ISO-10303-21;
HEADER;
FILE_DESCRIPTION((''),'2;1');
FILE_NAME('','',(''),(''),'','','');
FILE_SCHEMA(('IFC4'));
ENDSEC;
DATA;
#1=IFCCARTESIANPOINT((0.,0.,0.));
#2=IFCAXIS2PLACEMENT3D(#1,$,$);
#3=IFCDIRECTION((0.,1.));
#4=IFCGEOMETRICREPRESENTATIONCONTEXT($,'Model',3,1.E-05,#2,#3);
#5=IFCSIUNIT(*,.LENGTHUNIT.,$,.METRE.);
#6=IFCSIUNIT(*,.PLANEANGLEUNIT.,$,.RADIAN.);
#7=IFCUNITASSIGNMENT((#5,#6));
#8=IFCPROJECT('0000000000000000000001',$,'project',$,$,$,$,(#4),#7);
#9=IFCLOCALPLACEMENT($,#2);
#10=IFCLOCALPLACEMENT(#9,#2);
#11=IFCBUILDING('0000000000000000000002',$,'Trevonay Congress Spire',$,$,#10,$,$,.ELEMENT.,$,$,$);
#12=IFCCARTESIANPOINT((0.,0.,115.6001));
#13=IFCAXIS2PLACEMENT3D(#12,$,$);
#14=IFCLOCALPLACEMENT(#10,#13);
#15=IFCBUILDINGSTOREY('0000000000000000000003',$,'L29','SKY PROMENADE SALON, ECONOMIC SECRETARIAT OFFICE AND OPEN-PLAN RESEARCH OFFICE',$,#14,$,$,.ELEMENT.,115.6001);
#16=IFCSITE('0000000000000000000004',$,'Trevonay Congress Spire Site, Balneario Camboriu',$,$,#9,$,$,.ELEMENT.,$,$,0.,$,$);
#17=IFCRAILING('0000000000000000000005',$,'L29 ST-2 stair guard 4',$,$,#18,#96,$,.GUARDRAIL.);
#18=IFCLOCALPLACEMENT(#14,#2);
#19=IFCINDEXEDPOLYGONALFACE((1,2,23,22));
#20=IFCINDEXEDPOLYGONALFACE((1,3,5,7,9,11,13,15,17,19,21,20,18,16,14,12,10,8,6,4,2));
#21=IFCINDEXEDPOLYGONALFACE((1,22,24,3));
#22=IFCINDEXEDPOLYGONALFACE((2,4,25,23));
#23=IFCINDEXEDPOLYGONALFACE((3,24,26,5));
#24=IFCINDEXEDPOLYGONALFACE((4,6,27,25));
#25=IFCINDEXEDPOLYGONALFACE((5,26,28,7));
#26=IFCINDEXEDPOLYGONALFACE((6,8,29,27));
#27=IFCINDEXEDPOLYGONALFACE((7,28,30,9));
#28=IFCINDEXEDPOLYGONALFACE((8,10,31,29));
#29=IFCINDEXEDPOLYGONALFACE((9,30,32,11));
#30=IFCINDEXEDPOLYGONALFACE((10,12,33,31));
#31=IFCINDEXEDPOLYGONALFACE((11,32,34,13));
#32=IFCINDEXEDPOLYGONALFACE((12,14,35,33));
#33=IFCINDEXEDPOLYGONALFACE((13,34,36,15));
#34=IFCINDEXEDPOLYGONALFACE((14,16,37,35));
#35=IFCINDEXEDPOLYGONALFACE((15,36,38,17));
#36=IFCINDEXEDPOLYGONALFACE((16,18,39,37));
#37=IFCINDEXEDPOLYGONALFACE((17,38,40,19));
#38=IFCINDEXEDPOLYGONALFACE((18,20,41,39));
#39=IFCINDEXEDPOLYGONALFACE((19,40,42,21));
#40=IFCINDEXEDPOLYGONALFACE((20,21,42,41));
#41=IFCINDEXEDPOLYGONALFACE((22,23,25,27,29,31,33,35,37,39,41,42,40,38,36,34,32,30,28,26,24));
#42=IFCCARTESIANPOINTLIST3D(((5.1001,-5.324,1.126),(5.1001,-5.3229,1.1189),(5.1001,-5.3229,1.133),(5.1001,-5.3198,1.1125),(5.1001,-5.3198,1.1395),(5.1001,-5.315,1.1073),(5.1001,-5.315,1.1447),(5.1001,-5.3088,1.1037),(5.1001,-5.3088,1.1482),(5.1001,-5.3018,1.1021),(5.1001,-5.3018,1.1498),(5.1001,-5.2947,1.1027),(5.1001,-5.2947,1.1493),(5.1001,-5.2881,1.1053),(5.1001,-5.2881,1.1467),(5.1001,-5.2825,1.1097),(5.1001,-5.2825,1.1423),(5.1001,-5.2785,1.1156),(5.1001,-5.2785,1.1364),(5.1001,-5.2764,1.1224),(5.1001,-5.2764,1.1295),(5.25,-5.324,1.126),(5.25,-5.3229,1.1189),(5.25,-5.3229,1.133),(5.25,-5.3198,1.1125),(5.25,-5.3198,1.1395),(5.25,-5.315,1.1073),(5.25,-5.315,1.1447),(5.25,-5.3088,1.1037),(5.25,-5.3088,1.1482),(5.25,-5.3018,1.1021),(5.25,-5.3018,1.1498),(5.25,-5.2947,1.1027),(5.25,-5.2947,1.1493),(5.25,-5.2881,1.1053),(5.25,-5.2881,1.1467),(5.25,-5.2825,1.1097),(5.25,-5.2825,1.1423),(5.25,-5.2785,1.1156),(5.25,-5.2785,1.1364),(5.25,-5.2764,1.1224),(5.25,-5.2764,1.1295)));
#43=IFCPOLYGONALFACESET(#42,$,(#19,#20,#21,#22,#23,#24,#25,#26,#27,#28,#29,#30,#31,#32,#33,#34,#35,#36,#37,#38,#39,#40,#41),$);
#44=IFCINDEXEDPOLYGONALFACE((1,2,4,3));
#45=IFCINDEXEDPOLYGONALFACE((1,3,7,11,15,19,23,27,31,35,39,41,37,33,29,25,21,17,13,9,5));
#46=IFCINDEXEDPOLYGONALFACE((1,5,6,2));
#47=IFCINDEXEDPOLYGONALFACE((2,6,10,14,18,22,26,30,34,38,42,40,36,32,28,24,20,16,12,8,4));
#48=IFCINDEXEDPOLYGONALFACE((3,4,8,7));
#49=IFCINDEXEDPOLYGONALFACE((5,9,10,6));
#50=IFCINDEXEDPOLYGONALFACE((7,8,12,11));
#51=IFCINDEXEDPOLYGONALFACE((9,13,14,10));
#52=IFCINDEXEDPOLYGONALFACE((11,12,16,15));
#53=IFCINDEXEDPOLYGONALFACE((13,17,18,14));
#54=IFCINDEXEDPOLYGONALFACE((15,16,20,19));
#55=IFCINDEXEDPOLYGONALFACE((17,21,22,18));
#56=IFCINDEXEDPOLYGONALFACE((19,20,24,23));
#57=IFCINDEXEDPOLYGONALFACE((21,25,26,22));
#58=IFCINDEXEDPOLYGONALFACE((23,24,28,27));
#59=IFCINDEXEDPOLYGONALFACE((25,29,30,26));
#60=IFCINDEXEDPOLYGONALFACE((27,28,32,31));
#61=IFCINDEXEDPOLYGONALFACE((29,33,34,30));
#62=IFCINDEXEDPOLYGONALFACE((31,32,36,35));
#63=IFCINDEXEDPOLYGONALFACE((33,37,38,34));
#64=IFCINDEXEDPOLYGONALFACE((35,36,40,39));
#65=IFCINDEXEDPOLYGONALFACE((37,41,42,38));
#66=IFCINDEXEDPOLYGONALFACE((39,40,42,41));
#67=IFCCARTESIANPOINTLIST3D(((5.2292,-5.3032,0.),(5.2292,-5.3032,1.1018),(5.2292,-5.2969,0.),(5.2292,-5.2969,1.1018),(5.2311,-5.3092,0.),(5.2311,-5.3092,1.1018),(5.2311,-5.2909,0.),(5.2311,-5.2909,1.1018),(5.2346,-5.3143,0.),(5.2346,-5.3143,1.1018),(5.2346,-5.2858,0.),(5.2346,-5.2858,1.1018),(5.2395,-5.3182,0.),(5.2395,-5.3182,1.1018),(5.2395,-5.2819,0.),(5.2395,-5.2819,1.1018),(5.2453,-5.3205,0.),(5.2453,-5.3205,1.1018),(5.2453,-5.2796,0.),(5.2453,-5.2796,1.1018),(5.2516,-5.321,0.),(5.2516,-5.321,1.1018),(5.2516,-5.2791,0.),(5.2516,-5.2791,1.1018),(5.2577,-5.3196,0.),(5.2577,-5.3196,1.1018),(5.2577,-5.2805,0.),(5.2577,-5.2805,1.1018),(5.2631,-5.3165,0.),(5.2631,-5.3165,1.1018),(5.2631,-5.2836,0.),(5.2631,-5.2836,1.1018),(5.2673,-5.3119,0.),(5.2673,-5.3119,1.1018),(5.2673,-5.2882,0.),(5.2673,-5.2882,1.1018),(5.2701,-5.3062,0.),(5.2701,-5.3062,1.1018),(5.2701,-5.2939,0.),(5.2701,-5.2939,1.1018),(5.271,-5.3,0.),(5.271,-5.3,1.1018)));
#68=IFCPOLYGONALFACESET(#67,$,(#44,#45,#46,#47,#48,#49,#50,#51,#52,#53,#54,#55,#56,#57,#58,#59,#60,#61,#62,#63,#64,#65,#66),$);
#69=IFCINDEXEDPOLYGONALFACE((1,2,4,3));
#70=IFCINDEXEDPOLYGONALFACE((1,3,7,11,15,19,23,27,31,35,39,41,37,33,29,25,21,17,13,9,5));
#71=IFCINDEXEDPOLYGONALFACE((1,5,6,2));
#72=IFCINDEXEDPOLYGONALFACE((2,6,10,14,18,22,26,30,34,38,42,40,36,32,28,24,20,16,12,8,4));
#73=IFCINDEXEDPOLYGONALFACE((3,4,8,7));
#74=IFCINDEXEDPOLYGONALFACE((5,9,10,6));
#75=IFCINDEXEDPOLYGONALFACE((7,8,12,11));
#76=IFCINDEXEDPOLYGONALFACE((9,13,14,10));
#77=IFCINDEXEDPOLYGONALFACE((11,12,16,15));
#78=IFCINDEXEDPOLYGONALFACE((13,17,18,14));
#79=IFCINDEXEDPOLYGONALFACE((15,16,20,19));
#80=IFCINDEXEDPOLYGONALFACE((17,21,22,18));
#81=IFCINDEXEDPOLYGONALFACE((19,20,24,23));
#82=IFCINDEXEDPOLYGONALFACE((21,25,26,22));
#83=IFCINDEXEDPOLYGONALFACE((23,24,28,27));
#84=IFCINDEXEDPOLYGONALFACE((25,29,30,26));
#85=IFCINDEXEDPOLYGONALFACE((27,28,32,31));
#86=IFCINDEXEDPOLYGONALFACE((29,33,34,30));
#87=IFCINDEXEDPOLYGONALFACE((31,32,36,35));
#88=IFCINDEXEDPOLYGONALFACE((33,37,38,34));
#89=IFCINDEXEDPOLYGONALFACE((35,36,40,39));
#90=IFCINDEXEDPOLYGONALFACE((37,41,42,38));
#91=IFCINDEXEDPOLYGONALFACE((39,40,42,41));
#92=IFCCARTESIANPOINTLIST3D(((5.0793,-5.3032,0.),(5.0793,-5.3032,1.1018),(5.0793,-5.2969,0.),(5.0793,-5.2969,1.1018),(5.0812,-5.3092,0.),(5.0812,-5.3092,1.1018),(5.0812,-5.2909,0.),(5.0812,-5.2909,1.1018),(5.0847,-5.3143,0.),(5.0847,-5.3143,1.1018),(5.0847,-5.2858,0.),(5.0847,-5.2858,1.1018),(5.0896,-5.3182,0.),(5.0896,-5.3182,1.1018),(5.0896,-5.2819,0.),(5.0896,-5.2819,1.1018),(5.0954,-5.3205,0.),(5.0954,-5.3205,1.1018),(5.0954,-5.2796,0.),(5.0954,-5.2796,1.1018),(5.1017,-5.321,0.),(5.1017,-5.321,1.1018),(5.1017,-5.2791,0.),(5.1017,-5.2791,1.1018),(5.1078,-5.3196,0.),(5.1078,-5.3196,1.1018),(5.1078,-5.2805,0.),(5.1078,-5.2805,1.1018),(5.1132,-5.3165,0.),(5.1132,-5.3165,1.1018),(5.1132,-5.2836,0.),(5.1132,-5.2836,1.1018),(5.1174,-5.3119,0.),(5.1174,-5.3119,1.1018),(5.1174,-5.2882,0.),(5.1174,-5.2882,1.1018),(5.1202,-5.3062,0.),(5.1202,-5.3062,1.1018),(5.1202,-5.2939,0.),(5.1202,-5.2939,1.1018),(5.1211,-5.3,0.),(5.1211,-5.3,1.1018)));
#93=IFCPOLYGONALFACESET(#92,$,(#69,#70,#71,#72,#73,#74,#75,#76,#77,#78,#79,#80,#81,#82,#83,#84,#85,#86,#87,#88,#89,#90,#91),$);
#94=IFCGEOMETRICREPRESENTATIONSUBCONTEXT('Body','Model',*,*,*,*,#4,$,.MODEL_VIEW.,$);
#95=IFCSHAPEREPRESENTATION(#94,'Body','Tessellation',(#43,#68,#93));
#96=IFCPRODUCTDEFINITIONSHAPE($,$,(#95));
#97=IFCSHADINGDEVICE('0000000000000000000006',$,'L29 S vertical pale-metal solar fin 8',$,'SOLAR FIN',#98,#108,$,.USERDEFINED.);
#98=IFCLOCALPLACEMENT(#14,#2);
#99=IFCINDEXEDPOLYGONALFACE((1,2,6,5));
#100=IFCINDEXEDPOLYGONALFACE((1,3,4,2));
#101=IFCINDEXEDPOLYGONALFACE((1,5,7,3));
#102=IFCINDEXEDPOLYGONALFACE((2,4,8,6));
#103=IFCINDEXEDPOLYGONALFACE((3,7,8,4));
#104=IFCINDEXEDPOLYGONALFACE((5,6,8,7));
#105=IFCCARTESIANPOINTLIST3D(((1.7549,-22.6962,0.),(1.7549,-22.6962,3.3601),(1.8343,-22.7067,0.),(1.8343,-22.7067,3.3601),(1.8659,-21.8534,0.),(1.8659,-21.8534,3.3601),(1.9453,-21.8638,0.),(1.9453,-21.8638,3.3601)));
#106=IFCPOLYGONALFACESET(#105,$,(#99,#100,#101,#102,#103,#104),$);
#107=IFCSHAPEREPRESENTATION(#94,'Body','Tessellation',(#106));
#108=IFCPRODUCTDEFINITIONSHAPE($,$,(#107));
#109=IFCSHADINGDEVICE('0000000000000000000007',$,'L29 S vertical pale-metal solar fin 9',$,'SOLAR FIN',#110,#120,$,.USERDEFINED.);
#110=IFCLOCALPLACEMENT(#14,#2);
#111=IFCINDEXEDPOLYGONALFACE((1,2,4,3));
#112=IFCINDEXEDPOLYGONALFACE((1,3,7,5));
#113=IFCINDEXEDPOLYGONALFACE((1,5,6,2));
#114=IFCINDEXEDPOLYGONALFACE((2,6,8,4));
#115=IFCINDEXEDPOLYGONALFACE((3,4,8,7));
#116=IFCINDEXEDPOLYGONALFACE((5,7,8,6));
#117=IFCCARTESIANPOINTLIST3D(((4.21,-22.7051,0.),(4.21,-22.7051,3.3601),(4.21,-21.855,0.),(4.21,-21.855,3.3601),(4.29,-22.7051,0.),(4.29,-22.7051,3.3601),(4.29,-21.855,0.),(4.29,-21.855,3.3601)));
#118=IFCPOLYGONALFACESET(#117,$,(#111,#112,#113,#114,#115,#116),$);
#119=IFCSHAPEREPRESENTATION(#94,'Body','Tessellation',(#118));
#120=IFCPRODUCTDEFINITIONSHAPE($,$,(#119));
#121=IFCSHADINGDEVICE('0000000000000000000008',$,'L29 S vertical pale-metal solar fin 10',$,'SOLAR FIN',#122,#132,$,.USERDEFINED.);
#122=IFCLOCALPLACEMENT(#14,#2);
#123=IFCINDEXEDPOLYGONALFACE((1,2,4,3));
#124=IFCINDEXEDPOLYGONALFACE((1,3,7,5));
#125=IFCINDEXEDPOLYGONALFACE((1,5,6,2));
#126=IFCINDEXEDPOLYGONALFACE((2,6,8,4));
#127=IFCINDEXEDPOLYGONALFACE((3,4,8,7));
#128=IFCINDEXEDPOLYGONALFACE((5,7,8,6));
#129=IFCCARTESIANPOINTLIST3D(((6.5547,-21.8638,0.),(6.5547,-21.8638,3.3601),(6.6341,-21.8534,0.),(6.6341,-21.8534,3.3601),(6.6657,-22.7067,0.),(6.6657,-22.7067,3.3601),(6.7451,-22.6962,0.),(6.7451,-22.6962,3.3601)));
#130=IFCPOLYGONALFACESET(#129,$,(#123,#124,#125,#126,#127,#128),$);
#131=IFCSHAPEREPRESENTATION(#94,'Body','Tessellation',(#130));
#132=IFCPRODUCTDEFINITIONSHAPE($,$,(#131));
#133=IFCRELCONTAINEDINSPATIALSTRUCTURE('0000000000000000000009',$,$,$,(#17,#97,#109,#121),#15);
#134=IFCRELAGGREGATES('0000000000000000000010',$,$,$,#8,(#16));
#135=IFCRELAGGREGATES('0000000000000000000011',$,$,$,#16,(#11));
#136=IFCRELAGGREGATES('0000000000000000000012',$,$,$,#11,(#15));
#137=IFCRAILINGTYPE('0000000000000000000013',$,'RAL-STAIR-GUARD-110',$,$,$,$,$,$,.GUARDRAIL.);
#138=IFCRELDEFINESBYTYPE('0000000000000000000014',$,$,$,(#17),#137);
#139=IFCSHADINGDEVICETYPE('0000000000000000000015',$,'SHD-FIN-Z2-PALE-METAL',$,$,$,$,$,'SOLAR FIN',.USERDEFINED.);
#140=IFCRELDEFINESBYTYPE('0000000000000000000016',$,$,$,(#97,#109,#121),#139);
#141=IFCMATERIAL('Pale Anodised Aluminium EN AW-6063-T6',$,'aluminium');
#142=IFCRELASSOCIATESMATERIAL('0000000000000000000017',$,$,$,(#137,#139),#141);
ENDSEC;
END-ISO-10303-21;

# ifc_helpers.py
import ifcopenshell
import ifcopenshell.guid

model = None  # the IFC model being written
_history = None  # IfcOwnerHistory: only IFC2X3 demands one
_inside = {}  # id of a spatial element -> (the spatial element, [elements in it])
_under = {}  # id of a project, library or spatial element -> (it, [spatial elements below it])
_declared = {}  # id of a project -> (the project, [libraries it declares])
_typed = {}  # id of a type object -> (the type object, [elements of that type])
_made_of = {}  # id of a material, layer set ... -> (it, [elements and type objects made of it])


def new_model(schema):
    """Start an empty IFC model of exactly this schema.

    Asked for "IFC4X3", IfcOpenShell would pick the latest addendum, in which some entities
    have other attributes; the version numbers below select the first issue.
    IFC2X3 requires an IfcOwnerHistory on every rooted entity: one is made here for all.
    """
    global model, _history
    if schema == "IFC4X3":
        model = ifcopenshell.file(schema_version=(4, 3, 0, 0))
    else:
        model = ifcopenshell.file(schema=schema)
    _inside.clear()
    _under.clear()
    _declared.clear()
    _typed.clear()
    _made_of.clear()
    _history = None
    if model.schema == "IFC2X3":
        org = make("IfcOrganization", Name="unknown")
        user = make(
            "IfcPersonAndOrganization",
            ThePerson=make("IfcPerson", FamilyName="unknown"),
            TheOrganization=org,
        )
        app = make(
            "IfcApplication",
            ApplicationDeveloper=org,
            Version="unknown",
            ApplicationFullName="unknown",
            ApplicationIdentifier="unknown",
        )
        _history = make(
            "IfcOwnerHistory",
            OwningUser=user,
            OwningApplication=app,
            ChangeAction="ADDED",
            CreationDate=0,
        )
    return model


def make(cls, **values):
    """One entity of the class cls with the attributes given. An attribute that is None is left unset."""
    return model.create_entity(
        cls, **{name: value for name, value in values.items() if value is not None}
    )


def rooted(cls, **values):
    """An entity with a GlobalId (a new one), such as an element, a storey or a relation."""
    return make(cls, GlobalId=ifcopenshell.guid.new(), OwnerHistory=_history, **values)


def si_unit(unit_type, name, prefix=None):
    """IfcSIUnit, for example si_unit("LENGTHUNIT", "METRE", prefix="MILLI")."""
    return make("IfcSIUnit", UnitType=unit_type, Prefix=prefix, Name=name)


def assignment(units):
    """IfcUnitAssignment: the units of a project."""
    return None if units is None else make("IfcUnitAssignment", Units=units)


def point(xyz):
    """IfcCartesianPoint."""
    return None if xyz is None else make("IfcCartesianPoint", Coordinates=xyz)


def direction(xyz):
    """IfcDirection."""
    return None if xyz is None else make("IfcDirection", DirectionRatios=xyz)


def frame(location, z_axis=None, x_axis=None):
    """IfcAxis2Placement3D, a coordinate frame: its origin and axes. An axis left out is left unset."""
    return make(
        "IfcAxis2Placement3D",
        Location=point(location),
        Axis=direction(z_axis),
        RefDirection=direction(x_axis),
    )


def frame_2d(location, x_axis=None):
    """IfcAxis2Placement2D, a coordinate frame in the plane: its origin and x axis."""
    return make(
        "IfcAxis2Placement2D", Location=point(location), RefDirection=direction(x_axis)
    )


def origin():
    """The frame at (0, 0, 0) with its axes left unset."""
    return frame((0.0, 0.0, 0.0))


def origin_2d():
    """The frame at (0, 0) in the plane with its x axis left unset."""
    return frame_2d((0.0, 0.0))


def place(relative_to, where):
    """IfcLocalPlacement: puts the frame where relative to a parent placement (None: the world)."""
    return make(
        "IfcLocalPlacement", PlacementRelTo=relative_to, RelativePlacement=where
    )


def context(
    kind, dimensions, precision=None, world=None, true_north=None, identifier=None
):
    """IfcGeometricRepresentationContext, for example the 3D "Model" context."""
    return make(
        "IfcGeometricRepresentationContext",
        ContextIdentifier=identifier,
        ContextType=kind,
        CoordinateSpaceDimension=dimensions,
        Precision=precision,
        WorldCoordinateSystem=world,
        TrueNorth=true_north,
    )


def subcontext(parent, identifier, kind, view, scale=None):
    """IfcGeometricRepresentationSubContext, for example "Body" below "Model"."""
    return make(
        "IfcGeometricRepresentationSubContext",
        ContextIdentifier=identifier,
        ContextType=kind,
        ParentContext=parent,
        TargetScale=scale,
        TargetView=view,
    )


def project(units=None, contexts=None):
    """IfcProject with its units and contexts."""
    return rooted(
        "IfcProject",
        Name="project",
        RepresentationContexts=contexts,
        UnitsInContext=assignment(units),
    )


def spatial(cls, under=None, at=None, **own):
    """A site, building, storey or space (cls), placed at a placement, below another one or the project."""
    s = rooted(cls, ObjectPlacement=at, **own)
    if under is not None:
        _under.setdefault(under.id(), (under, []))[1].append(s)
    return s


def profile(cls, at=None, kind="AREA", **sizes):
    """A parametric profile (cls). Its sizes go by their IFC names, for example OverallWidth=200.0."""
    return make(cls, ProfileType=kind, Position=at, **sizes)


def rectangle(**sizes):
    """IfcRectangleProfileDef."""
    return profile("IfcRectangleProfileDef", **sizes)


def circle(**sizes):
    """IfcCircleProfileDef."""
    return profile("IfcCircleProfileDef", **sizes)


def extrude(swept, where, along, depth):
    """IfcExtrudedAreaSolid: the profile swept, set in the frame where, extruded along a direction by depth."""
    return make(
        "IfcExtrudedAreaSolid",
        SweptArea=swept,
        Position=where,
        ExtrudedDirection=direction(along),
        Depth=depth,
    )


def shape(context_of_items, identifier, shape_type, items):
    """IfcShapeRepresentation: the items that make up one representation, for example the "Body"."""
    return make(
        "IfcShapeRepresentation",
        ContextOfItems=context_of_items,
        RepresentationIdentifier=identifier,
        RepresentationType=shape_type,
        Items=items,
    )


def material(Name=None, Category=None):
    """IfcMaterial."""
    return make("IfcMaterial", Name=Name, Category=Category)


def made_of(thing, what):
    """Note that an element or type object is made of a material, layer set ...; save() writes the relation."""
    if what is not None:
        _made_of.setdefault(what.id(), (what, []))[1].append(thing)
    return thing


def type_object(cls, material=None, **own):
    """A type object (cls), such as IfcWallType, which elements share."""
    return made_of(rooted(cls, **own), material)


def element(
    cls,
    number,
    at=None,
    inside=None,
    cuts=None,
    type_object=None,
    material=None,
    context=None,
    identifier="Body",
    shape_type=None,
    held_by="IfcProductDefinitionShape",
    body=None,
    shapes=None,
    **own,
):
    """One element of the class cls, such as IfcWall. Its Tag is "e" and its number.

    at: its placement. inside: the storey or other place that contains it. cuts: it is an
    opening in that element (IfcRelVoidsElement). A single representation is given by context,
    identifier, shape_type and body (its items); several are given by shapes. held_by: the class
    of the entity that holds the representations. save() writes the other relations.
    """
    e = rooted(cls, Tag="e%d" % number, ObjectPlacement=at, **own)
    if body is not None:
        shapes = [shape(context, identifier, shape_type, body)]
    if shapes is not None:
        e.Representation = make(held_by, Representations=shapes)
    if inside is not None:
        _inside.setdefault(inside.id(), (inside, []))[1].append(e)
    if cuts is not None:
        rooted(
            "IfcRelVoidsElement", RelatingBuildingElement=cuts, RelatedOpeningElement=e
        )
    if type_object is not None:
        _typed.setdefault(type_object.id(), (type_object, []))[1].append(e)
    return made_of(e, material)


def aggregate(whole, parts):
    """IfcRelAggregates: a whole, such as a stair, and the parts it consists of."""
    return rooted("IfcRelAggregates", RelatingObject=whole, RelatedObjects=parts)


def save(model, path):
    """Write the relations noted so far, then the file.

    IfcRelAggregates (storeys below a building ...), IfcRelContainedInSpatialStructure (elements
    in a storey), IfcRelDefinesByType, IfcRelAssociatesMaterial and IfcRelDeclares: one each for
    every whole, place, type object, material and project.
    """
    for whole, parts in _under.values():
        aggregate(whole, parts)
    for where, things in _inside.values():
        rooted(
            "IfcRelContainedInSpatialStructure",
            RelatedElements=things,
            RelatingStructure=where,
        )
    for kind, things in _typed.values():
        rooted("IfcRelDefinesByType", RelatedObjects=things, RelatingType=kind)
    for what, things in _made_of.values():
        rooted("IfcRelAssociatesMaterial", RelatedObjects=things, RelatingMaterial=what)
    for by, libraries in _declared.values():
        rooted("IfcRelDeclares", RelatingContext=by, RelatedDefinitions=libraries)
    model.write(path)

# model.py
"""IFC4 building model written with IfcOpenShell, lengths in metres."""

from ifc_helpers import new_model, si_unit, direction, frame, origin, origin_2d, place, context, subcontext, project, spatial, rectangle, circle, extrude, material, type_object, element, save


model = new_model("IFC4")

# Units and contexts
model_context = context("Model", 3, precision=1e-05, world=origin(), true_north=direction((0.0, 1.0)))
body_context = subcontext(model_context, "Body", "Model", "MODEL_VIEW")
ifc_project = project(units=[si_unit("LENGTHUNIT", "METRE"), si_unit("PLANEANGLEUNIT", "RADIAN")], contexts=[model_context])

# Site, building, storey
site_placement = place(None, origin())
site = spatial("IfcSite", under=ifc_project, at=site_placement, Name="Trevonay Congress Spire Site, Balneario Camboriu", CompositionType="ELEMENT", RefElevation=0.0)
building_placement = place(site_placement, origin())
building = spatial("IfcBuilding", under=site, at=building_placement, Name="Trevonay Congress Spire", CompositionType="ELEMENT")
storey_placement = place(building_placement, frame((0.0, 0.0, 115.6001)))
storey = spatial("IfcBuildingStorey", under=building, at=storey_placement, Name="L29", Description="SKY PROMENADE SALON, ECONOMIC SECRETARIAT OFFICE AND OPEN-PLAN RESEARCH OFFICE", CompositionType="ELEMENT", Elevation=115.6001)

# Shared definitions
ifc_material_1 = material(Name="Pale Anodised Aluminium EN AW-6063-T6", Category="aluminium")

# Railing
railing_type = type_object("IfcRailingType", Name="RAL-STAIR-GUARD-110", PredefinedType="GUARDRAIL", material=ifc_material_1)
railing_placement = place(storey_placement, frame((5.25, -5.3, 0.0)))
element("IfcRailing", 1, at=railing_placement, inside=storey, type_object=railing_type, Name="L29 ST-2 stair guard 4", PredefinedType="GUARDRAIL", context=body_context, shape_type="SweptSolid", body=[
    extrude(circle(Radius=0.0239, at=origin_2d()), frame((0.0, 0.0, 1.126), z_axis=(-1.0, 0.0, 0.0), x_axis=(0.0, -1.0, 0.0)), (0.0, 0.0, 1.0), 0.1499),
    extrude(circle(Radius=0.021, at=origin_2d()), origin(), (0.0, 0.0, 1.0), 1.1018),
    extrude(circle(Radius=0.021, at=origin_2d()), frame((-0.1499, 0.0, 0.0)), (0.0, 0.0, 1.0), 1.1018),
])

# Shading devices
shading_device_type = type_object("IfcShadingDeviceType", Name="SHD-FIN-Z2-PALE-METAL", ElementType="SOLAR FIN", PredefinedType="USERDEFINED", material=ifc_material_1)
for number, where, z_axis, x_axis, name in (
    (2, (1.8501, -22.28, 0.0), (0.0, 0.0, 1.0), (0.991445, -0.130526, 0.0), "L29 S vertical pale-metal solar fin 8"),
    (3, (4.25, -22.28, 0.0), (0.0, 0.0, 1.0), (1.0, 0.0, 0.0), "L29 S vertical pale-metal solar fin 9"),
    (4, (6.6499, -22.28, 0.0), (0.0, 0.0, 1.0), (0.991445, 0.130526, 0.0), "L29 S vertical pale-metal solar fin 10"),
):
    element("IfcShadingDevice", number, at=place(storey_placement, frame(where, z_axis=z_axis, x_axis=x_axis)), inside=storey, type_object=shading_device_type, Name=name, ObjectType="SOLAR FIN", PredefinedType="USERDEFINED", context=body_context, shape_type="SweptSolid", body=[
        extrude(rectangle(XDim=0.0801, YDim=0.8501, at=origin_2d()), origin(), (0.0, 0.0, 1.0), 3.3601),
    ])

save(model, "model.ifc")
